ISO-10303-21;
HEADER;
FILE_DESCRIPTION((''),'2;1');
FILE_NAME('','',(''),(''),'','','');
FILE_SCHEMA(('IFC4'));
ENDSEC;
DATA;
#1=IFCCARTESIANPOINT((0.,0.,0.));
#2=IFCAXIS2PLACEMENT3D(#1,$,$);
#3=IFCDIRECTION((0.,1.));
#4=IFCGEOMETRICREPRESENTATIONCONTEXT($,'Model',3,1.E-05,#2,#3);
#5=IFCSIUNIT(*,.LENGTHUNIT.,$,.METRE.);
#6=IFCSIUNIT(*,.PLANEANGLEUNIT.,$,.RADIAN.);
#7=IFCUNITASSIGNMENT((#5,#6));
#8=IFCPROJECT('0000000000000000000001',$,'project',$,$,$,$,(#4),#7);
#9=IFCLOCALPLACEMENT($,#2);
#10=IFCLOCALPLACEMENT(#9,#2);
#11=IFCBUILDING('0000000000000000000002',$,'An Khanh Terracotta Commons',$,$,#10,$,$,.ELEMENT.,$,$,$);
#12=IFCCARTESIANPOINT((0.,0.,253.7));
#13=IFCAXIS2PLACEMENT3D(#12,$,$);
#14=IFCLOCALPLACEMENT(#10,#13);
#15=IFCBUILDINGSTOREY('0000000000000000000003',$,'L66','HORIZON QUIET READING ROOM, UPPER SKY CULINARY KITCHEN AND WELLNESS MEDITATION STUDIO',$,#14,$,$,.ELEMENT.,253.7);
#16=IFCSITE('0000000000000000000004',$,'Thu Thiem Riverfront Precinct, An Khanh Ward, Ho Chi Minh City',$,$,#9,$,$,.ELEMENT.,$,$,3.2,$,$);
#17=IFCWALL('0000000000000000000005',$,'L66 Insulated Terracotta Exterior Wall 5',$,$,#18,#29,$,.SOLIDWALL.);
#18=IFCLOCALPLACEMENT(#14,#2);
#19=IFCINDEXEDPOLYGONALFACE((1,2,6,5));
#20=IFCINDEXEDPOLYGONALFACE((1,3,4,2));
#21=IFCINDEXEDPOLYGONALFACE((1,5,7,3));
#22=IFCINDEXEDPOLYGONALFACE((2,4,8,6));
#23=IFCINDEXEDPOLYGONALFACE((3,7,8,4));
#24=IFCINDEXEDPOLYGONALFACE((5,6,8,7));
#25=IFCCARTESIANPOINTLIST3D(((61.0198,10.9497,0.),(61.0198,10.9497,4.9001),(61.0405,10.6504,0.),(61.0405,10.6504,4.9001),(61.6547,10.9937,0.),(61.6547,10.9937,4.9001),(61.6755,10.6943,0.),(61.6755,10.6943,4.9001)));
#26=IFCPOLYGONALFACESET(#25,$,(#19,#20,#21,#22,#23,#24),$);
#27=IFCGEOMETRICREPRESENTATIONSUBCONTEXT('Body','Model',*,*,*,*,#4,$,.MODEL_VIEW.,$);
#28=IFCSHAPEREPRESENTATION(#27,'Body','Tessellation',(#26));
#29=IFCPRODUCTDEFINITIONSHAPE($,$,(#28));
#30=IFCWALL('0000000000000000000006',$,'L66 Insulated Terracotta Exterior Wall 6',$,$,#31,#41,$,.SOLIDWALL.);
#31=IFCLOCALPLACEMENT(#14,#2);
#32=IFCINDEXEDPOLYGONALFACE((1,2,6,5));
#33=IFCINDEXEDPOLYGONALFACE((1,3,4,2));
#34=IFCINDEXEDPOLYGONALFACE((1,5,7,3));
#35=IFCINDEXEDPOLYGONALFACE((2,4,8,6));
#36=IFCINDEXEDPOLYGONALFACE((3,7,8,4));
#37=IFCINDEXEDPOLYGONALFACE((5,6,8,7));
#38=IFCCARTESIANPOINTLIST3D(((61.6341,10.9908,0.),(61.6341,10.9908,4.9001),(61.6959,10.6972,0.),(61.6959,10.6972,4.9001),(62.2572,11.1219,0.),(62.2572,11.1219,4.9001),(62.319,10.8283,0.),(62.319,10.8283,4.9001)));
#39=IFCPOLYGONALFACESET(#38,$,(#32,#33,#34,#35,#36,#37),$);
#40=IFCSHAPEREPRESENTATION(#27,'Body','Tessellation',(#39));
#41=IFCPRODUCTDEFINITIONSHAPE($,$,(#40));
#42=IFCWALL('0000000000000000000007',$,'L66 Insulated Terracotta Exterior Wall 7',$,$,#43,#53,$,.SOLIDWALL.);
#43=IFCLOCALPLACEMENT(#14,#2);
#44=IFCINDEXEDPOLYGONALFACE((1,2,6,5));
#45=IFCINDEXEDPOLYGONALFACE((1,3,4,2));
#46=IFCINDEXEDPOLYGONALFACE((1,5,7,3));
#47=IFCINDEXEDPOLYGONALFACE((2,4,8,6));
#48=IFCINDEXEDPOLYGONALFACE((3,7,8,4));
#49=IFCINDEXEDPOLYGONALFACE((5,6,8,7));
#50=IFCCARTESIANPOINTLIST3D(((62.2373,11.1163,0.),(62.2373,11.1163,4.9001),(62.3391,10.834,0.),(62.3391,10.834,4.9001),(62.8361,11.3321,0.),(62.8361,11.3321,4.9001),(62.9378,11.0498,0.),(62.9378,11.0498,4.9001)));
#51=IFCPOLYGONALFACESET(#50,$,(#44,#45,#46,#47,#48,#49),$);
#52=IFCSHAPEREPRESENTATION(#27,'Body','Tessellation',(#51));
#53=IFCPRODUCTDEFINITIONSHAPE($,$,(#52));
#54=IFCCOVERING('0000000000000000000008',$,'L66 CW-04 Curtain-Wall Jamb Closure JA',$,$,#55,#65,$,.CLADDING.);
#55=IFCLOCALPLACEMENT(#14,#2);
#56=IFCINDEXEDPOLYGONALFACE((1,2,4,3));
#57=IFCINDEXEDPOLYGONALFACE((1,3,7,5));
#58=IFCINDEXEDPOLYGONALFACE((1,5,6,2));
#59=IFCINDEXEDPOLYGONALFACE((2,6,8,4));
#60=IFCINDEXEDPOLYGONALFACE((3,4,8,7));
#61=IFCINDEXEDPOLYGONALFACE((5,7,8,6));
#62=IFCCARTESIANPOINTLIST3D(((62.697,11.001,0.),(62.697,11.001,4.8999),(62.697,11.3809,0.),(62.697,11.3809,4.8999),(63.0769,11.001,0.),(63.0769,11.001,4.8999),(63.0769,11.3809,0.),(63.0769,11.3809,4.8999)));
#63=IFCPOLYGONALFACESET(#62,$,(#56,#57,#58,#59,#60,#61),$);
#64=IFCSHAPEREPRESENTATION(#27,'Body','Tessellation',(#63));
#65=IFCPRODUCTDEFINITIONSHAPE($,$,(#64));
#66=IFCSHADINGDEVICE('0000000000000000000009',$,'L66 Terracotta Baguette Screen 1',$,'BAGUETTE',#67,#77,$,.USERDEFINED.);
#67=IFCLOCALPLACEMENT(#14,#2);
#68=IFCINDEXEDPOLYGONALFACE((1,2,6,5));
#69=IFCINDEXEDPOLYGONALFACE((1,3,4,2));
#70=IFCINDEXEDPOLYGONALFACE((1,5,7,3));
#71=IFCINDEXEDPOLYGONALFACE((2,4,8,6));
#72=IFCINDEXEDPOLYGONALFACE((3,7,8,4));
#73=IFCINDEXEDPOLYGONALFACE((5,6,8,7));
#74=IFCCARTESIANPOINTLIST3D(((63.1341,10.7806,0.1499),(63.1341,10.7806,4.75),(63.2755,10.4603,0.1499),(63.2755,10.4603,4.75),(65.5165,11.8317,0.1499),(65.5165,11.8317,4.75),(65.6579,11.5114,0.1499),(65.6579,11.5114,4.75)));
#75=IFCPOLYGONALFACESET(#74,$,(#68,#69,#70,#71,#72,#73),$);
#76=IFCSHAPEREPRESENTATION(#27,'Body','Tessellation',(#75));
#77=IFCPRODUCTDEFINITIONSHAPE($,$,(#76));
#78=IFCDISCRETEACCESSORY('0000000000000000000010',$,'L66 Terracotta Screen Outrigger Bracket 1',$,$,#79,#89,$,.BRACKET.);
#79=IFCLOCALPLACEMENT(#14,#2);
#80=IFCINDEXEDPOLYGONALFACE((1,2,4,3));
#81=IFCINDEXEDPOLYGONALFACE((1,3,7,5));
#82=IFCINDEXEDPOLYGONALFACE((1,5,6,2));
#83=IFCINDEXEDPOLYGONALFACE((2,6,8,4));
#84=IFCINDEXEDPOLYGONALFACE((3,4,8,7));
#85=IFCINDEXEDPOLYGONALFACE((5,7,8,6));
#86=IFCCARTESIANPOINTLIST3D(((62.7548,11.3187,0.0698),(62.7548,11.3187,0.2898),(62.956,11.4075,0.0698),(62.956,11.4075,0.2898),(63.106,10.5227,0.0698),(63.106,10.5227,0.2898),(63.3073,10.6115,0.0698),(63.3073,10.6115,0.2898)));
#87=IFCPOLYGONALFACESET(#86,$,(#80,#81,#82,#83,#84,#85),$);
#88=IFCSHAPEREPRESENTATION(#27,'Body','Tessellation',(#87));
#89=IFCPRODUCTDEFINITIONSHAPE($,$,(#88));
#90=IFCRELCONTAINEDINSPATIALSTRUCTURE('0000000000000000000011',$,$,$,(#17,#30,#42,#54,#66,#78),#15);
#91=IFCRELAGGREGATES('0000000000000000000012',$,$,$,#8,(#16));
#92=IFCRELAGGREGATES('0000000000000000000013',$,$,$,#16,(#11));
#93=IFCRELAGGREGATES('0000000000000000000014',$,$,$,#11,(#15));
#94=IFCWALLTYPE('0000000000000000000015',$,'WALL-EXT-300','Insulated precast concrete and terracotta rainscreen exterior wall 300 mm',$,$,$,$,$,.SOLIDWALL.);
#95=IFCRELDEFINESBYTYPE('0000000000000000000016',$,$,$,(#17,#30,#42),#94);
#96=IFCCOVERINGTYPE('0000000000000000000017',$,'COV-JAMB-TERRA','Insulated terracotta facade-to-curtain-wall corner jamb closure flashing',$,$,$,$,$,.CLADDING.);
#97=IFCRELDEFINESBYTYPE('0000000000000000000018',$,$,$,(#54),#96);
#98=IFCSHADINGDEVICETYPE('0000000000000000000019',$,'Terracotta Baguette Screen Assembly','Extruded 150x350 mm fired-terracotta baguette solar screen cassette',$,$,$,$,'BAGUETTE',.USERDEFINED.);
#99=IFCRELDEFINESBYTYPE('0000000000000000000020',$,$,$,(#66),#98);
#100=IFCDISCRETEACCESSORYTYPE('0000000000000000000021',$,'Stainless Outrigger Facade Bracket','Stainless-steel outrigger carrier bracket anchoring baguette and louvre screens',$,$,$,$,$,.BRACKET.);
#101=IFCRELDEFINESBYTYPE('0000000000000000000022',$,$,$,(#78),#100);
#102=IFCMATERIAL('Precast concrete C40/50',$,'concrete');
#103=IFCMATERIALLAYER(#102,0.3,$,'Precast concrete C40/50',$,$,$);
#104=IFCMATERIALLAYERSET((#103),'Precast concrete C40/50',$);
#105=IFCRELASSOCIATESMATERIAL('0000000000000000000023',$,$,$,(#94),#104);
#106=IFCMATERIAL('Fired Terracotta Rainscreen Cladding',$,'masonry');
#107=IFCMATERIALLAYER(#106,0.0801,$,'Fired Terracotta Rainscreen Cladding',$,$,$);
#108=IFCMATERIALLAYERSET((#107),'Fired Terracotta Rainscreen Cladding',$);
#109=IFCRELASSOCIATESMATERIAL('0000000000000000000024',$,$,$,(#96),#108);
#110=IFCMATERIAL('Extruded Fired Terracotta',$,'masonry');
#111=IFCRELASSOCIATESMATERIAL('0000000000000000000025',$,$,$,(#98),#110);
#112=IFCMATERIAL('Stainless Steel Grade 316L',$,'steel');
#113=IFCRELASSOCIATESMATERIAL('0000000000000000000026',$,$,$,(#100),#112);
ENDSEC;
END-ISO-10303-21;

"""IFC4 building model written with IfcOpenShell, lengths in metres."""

from ifc_helpers import new_model, si_unit, direction, frame, frame_2d, origin, origin_2d, place, context, subcontext, project, spatial, rectangle, extrude, material, layer, layer_set, type_object, element, save


model = new_model("IFC4")

# Units and contexts
model_context = context("Model", 3, precision=1e-05, world=origin(), true_north=direction((0.0, 1.0)))
body_context = subcontext(model_context, "Body", "Model", "MODEL_VIEW")
ifc_project = project(units=[si_unit("LENGTHUNIT", "METRE"), si_unit("PLANEANGLEUNIT", "RADIAN")], contexts=[model_context])

# Site, building, storey
site_placement = place(None, origin())
site = spatial("IfcSite", under=ifc_project, at=site_placement, Name="Thu Thiem Riverfront Precinct, An Khanh Ward, Ho Chi Minh City", CompositionType="ELEMENT", RefElevation=3.2)
building_placement = place(site_placement, origin())
building = spatial("IfcBuilding", under=site, at=building_placement, Name="An Khanh Terracotta Commons", CompositionType="ELEMENT")
storey_placement = place(building_placement, frame((0.0, 0.0, 253.7)))
storey = spatial("IfcBuildingStorey", under=building, at=storey_placement, Name="L66", Description="HORIZON QUIET READING ROOM, UPPER SKY CULINARY KITCHEN AND WELLNESS MEDITATION STUDIO", CompositionType="ELEMENT", Elevation=253.7)

# Walls
ifc_material_1 = material(Name="Precast concrete C40/50", Category="concrete")
ifc_layer_1 = layer(ifc_material_1, 0.3, Name="Precast concrete C40/50")
ifc_layer_set_1 = layer_set([ifc_layer_1], Name="Precast concrete C40/50")
wall_type = type_object("IfcWallType", Name="WALL-EXT-300", Description="Insulated precast concrete and terracotta rainscreen exterior wall 300 mm", PredefinedType="SOLIDWALL", material=ifc_layer_set_1)
wall_1_placement = place(storey_placement, frame((61.03, 10.8, 0.0), z_axis=(0.0, 0.0, 1.0), x_axis=(0.997614, 0.069039, 0.0)))
element("IfcWall", 1, at=wall_1_placement, inside=storey, type_object=wall_type, Name="L66 Insulated Terracotta Exterior Wall 5", PredefinedType="SOLIDWALL", context=body_context, shape_type="SweptSolid", body=[
    extrude(rectangle(XDim=0.6365, YDim=0.3, at=frame_2d((0.3184, 0.0))), origin(), (0.0, 0.0, 1.0), 4.9001),
])
wall_2_placement = place(storey_placement, frame((61.665, 10.844, 0.0), z_axis=(0.0, 0.0, 1.0), x_axis=(0.97857, 0.205914, 0.0)))
element("IfcWall", 2, at=wall_2_placement, inside=storey, type_object=wall_type, Name="L66 Insulated Terracotta Exterior Wall 6", PredefinedType="SOLIDWALL", context=body_context, shape_type="SweptSolid", body=[
    extrude(rectangle(XDim=0.6367, YDim=0.3, at=frame_2d((0.3184, 0.0))), origin(), (0.0, 0.0, 1.0), 4.9001),
])
wall_3_placement = place(storey_placement, frame((62.2881, 10.9751, 0.0), z_axis=(0.0, 0.0, 1.0), x_axis=(0.940775, 0.339032, 0.0)))
element("IfcWall", 3, at=wall_3_placement, inside=storey, type_object=wall_type, Name="L66 Insulated Terracotta Exterior Wall 7", PredefinedType="SOLIDWALL", context=body_context, shape_type="SweptSolid", body=[
    extrude(rectangle(XDim=0.6365, YDim=0.3, at=frame_2d((0.3184, 0.0))), origin(), (0.0, 0.0, 1.0), 4.9001),
])

# Covering
ifc_material_2 = material(Name="Fired Terracotta Rainscreen Cladding", Category="masonry")
ifc_layer_2 = layer(ifc_material_2, 0.0801, Name="Fired Terracotta Rainscreen Cladding")
ifc_layer_set_2 = layer_set([ifc_layer_2], Name="Fired Terracotta Rainscreen Cladding")
covering_type = type_object("IfcCoveringType", Name="COV-JAMB-TERRA", Description="Insulated terracotta facade-to-curtain-wall corner jamb closure flashing", PredefinedType="CLADDING", material=ifc_layer_set_2)
covering_placement = place(storey_placement, frame((62.887, 11.1909, 0.0), z_axis=(0.0, 0.0, 1.0), x_axis=(1.0, 0.0, 0.0)))
element("IfcCovering", 4, at=covering_placement, inside=storey, type_object=covering_type, Name="L66 CW-04 Curtain-Wall Jamb Closure JA", PredefinedType="CLADDING", context=body_context, shape_type="SweptSolid", body=[
    extrude(rectangle(XDim=0.3799, YDim=0.3799, at=origin_2d()), origin(), (0.0, 0.0, 1.0), 4.8999),
])

# Shading device
ifc_material_3 = material(Name="Extruded Fired Terracotta", Category="masonry")
shading_device_type = type_object("IfcShadingDeviceType", Name="Terracotta Baguette Screen Assembly", Description="Extruded 150x350 mm fired-terracotta baguette solar screen cassette", ElementType="BAGUETTE", PredefinedType="USERDEFINED", material=ifc_material_3)
shading_device_placement = place(storey_placement, frame((64.396, 11.146, 0.1499), z_axis=(0.0, 0.0, 1.0), x_axis=(0.914902, 0.403676, 0.0)))
element("IfcShadingDevice", 5, at=shading_device_placement, inside=storey, type_object=shading_device_type, Name="L66 Terracotta Baguette Screen 1", ObjectType="BAGUETTE", PredefinedType="USERDEFINED", context=body_context, shape_type="SweptSolid", body=[
    extrude(rectangle(XDim=2.604, YDim=0.3501, at=origin_2d()), origin(), (0.0, 0.0, 1.0), 4.6001),
])

# Discrete accessory
ifc_material_4 = material(Name="Stainless Steel Grade 316L", Category="steel")
discrete_accessory_type = type_object("IfcDiscreteAccessoryType", Name="Stainless Outrigger Facade Bracket", Description="Stainless-steel outrigger carrier bracket anchoring baguette and louvre screens", PredefinedType="BRACKET", material=ifc_material_4)
discrete_accessory_placement = place(storey_placement, frame((63.031, 10.9651, 0.0698), z_axis=(0.0, 0.0, 1.0), x_axis=(0.914902, 0.403676, 0.0)))
element("IfcDiscreteAccessory", 6, at=discrete_accessory_placement, inside=storey, type_object=discrete_accessory_type, Name="L66 Terracotta Screen Outrigger Bracket 1", PredefinedType="BRACKET", context=body_context, shape_type="SweptSolid", body=[
    extrude(rectangle(XDim=0.22, YDim=0.8701, at=origin_2d()), origin(), (0.0, 0.0, 1.0), 0.22),
])

save(model, "model.ifc")
